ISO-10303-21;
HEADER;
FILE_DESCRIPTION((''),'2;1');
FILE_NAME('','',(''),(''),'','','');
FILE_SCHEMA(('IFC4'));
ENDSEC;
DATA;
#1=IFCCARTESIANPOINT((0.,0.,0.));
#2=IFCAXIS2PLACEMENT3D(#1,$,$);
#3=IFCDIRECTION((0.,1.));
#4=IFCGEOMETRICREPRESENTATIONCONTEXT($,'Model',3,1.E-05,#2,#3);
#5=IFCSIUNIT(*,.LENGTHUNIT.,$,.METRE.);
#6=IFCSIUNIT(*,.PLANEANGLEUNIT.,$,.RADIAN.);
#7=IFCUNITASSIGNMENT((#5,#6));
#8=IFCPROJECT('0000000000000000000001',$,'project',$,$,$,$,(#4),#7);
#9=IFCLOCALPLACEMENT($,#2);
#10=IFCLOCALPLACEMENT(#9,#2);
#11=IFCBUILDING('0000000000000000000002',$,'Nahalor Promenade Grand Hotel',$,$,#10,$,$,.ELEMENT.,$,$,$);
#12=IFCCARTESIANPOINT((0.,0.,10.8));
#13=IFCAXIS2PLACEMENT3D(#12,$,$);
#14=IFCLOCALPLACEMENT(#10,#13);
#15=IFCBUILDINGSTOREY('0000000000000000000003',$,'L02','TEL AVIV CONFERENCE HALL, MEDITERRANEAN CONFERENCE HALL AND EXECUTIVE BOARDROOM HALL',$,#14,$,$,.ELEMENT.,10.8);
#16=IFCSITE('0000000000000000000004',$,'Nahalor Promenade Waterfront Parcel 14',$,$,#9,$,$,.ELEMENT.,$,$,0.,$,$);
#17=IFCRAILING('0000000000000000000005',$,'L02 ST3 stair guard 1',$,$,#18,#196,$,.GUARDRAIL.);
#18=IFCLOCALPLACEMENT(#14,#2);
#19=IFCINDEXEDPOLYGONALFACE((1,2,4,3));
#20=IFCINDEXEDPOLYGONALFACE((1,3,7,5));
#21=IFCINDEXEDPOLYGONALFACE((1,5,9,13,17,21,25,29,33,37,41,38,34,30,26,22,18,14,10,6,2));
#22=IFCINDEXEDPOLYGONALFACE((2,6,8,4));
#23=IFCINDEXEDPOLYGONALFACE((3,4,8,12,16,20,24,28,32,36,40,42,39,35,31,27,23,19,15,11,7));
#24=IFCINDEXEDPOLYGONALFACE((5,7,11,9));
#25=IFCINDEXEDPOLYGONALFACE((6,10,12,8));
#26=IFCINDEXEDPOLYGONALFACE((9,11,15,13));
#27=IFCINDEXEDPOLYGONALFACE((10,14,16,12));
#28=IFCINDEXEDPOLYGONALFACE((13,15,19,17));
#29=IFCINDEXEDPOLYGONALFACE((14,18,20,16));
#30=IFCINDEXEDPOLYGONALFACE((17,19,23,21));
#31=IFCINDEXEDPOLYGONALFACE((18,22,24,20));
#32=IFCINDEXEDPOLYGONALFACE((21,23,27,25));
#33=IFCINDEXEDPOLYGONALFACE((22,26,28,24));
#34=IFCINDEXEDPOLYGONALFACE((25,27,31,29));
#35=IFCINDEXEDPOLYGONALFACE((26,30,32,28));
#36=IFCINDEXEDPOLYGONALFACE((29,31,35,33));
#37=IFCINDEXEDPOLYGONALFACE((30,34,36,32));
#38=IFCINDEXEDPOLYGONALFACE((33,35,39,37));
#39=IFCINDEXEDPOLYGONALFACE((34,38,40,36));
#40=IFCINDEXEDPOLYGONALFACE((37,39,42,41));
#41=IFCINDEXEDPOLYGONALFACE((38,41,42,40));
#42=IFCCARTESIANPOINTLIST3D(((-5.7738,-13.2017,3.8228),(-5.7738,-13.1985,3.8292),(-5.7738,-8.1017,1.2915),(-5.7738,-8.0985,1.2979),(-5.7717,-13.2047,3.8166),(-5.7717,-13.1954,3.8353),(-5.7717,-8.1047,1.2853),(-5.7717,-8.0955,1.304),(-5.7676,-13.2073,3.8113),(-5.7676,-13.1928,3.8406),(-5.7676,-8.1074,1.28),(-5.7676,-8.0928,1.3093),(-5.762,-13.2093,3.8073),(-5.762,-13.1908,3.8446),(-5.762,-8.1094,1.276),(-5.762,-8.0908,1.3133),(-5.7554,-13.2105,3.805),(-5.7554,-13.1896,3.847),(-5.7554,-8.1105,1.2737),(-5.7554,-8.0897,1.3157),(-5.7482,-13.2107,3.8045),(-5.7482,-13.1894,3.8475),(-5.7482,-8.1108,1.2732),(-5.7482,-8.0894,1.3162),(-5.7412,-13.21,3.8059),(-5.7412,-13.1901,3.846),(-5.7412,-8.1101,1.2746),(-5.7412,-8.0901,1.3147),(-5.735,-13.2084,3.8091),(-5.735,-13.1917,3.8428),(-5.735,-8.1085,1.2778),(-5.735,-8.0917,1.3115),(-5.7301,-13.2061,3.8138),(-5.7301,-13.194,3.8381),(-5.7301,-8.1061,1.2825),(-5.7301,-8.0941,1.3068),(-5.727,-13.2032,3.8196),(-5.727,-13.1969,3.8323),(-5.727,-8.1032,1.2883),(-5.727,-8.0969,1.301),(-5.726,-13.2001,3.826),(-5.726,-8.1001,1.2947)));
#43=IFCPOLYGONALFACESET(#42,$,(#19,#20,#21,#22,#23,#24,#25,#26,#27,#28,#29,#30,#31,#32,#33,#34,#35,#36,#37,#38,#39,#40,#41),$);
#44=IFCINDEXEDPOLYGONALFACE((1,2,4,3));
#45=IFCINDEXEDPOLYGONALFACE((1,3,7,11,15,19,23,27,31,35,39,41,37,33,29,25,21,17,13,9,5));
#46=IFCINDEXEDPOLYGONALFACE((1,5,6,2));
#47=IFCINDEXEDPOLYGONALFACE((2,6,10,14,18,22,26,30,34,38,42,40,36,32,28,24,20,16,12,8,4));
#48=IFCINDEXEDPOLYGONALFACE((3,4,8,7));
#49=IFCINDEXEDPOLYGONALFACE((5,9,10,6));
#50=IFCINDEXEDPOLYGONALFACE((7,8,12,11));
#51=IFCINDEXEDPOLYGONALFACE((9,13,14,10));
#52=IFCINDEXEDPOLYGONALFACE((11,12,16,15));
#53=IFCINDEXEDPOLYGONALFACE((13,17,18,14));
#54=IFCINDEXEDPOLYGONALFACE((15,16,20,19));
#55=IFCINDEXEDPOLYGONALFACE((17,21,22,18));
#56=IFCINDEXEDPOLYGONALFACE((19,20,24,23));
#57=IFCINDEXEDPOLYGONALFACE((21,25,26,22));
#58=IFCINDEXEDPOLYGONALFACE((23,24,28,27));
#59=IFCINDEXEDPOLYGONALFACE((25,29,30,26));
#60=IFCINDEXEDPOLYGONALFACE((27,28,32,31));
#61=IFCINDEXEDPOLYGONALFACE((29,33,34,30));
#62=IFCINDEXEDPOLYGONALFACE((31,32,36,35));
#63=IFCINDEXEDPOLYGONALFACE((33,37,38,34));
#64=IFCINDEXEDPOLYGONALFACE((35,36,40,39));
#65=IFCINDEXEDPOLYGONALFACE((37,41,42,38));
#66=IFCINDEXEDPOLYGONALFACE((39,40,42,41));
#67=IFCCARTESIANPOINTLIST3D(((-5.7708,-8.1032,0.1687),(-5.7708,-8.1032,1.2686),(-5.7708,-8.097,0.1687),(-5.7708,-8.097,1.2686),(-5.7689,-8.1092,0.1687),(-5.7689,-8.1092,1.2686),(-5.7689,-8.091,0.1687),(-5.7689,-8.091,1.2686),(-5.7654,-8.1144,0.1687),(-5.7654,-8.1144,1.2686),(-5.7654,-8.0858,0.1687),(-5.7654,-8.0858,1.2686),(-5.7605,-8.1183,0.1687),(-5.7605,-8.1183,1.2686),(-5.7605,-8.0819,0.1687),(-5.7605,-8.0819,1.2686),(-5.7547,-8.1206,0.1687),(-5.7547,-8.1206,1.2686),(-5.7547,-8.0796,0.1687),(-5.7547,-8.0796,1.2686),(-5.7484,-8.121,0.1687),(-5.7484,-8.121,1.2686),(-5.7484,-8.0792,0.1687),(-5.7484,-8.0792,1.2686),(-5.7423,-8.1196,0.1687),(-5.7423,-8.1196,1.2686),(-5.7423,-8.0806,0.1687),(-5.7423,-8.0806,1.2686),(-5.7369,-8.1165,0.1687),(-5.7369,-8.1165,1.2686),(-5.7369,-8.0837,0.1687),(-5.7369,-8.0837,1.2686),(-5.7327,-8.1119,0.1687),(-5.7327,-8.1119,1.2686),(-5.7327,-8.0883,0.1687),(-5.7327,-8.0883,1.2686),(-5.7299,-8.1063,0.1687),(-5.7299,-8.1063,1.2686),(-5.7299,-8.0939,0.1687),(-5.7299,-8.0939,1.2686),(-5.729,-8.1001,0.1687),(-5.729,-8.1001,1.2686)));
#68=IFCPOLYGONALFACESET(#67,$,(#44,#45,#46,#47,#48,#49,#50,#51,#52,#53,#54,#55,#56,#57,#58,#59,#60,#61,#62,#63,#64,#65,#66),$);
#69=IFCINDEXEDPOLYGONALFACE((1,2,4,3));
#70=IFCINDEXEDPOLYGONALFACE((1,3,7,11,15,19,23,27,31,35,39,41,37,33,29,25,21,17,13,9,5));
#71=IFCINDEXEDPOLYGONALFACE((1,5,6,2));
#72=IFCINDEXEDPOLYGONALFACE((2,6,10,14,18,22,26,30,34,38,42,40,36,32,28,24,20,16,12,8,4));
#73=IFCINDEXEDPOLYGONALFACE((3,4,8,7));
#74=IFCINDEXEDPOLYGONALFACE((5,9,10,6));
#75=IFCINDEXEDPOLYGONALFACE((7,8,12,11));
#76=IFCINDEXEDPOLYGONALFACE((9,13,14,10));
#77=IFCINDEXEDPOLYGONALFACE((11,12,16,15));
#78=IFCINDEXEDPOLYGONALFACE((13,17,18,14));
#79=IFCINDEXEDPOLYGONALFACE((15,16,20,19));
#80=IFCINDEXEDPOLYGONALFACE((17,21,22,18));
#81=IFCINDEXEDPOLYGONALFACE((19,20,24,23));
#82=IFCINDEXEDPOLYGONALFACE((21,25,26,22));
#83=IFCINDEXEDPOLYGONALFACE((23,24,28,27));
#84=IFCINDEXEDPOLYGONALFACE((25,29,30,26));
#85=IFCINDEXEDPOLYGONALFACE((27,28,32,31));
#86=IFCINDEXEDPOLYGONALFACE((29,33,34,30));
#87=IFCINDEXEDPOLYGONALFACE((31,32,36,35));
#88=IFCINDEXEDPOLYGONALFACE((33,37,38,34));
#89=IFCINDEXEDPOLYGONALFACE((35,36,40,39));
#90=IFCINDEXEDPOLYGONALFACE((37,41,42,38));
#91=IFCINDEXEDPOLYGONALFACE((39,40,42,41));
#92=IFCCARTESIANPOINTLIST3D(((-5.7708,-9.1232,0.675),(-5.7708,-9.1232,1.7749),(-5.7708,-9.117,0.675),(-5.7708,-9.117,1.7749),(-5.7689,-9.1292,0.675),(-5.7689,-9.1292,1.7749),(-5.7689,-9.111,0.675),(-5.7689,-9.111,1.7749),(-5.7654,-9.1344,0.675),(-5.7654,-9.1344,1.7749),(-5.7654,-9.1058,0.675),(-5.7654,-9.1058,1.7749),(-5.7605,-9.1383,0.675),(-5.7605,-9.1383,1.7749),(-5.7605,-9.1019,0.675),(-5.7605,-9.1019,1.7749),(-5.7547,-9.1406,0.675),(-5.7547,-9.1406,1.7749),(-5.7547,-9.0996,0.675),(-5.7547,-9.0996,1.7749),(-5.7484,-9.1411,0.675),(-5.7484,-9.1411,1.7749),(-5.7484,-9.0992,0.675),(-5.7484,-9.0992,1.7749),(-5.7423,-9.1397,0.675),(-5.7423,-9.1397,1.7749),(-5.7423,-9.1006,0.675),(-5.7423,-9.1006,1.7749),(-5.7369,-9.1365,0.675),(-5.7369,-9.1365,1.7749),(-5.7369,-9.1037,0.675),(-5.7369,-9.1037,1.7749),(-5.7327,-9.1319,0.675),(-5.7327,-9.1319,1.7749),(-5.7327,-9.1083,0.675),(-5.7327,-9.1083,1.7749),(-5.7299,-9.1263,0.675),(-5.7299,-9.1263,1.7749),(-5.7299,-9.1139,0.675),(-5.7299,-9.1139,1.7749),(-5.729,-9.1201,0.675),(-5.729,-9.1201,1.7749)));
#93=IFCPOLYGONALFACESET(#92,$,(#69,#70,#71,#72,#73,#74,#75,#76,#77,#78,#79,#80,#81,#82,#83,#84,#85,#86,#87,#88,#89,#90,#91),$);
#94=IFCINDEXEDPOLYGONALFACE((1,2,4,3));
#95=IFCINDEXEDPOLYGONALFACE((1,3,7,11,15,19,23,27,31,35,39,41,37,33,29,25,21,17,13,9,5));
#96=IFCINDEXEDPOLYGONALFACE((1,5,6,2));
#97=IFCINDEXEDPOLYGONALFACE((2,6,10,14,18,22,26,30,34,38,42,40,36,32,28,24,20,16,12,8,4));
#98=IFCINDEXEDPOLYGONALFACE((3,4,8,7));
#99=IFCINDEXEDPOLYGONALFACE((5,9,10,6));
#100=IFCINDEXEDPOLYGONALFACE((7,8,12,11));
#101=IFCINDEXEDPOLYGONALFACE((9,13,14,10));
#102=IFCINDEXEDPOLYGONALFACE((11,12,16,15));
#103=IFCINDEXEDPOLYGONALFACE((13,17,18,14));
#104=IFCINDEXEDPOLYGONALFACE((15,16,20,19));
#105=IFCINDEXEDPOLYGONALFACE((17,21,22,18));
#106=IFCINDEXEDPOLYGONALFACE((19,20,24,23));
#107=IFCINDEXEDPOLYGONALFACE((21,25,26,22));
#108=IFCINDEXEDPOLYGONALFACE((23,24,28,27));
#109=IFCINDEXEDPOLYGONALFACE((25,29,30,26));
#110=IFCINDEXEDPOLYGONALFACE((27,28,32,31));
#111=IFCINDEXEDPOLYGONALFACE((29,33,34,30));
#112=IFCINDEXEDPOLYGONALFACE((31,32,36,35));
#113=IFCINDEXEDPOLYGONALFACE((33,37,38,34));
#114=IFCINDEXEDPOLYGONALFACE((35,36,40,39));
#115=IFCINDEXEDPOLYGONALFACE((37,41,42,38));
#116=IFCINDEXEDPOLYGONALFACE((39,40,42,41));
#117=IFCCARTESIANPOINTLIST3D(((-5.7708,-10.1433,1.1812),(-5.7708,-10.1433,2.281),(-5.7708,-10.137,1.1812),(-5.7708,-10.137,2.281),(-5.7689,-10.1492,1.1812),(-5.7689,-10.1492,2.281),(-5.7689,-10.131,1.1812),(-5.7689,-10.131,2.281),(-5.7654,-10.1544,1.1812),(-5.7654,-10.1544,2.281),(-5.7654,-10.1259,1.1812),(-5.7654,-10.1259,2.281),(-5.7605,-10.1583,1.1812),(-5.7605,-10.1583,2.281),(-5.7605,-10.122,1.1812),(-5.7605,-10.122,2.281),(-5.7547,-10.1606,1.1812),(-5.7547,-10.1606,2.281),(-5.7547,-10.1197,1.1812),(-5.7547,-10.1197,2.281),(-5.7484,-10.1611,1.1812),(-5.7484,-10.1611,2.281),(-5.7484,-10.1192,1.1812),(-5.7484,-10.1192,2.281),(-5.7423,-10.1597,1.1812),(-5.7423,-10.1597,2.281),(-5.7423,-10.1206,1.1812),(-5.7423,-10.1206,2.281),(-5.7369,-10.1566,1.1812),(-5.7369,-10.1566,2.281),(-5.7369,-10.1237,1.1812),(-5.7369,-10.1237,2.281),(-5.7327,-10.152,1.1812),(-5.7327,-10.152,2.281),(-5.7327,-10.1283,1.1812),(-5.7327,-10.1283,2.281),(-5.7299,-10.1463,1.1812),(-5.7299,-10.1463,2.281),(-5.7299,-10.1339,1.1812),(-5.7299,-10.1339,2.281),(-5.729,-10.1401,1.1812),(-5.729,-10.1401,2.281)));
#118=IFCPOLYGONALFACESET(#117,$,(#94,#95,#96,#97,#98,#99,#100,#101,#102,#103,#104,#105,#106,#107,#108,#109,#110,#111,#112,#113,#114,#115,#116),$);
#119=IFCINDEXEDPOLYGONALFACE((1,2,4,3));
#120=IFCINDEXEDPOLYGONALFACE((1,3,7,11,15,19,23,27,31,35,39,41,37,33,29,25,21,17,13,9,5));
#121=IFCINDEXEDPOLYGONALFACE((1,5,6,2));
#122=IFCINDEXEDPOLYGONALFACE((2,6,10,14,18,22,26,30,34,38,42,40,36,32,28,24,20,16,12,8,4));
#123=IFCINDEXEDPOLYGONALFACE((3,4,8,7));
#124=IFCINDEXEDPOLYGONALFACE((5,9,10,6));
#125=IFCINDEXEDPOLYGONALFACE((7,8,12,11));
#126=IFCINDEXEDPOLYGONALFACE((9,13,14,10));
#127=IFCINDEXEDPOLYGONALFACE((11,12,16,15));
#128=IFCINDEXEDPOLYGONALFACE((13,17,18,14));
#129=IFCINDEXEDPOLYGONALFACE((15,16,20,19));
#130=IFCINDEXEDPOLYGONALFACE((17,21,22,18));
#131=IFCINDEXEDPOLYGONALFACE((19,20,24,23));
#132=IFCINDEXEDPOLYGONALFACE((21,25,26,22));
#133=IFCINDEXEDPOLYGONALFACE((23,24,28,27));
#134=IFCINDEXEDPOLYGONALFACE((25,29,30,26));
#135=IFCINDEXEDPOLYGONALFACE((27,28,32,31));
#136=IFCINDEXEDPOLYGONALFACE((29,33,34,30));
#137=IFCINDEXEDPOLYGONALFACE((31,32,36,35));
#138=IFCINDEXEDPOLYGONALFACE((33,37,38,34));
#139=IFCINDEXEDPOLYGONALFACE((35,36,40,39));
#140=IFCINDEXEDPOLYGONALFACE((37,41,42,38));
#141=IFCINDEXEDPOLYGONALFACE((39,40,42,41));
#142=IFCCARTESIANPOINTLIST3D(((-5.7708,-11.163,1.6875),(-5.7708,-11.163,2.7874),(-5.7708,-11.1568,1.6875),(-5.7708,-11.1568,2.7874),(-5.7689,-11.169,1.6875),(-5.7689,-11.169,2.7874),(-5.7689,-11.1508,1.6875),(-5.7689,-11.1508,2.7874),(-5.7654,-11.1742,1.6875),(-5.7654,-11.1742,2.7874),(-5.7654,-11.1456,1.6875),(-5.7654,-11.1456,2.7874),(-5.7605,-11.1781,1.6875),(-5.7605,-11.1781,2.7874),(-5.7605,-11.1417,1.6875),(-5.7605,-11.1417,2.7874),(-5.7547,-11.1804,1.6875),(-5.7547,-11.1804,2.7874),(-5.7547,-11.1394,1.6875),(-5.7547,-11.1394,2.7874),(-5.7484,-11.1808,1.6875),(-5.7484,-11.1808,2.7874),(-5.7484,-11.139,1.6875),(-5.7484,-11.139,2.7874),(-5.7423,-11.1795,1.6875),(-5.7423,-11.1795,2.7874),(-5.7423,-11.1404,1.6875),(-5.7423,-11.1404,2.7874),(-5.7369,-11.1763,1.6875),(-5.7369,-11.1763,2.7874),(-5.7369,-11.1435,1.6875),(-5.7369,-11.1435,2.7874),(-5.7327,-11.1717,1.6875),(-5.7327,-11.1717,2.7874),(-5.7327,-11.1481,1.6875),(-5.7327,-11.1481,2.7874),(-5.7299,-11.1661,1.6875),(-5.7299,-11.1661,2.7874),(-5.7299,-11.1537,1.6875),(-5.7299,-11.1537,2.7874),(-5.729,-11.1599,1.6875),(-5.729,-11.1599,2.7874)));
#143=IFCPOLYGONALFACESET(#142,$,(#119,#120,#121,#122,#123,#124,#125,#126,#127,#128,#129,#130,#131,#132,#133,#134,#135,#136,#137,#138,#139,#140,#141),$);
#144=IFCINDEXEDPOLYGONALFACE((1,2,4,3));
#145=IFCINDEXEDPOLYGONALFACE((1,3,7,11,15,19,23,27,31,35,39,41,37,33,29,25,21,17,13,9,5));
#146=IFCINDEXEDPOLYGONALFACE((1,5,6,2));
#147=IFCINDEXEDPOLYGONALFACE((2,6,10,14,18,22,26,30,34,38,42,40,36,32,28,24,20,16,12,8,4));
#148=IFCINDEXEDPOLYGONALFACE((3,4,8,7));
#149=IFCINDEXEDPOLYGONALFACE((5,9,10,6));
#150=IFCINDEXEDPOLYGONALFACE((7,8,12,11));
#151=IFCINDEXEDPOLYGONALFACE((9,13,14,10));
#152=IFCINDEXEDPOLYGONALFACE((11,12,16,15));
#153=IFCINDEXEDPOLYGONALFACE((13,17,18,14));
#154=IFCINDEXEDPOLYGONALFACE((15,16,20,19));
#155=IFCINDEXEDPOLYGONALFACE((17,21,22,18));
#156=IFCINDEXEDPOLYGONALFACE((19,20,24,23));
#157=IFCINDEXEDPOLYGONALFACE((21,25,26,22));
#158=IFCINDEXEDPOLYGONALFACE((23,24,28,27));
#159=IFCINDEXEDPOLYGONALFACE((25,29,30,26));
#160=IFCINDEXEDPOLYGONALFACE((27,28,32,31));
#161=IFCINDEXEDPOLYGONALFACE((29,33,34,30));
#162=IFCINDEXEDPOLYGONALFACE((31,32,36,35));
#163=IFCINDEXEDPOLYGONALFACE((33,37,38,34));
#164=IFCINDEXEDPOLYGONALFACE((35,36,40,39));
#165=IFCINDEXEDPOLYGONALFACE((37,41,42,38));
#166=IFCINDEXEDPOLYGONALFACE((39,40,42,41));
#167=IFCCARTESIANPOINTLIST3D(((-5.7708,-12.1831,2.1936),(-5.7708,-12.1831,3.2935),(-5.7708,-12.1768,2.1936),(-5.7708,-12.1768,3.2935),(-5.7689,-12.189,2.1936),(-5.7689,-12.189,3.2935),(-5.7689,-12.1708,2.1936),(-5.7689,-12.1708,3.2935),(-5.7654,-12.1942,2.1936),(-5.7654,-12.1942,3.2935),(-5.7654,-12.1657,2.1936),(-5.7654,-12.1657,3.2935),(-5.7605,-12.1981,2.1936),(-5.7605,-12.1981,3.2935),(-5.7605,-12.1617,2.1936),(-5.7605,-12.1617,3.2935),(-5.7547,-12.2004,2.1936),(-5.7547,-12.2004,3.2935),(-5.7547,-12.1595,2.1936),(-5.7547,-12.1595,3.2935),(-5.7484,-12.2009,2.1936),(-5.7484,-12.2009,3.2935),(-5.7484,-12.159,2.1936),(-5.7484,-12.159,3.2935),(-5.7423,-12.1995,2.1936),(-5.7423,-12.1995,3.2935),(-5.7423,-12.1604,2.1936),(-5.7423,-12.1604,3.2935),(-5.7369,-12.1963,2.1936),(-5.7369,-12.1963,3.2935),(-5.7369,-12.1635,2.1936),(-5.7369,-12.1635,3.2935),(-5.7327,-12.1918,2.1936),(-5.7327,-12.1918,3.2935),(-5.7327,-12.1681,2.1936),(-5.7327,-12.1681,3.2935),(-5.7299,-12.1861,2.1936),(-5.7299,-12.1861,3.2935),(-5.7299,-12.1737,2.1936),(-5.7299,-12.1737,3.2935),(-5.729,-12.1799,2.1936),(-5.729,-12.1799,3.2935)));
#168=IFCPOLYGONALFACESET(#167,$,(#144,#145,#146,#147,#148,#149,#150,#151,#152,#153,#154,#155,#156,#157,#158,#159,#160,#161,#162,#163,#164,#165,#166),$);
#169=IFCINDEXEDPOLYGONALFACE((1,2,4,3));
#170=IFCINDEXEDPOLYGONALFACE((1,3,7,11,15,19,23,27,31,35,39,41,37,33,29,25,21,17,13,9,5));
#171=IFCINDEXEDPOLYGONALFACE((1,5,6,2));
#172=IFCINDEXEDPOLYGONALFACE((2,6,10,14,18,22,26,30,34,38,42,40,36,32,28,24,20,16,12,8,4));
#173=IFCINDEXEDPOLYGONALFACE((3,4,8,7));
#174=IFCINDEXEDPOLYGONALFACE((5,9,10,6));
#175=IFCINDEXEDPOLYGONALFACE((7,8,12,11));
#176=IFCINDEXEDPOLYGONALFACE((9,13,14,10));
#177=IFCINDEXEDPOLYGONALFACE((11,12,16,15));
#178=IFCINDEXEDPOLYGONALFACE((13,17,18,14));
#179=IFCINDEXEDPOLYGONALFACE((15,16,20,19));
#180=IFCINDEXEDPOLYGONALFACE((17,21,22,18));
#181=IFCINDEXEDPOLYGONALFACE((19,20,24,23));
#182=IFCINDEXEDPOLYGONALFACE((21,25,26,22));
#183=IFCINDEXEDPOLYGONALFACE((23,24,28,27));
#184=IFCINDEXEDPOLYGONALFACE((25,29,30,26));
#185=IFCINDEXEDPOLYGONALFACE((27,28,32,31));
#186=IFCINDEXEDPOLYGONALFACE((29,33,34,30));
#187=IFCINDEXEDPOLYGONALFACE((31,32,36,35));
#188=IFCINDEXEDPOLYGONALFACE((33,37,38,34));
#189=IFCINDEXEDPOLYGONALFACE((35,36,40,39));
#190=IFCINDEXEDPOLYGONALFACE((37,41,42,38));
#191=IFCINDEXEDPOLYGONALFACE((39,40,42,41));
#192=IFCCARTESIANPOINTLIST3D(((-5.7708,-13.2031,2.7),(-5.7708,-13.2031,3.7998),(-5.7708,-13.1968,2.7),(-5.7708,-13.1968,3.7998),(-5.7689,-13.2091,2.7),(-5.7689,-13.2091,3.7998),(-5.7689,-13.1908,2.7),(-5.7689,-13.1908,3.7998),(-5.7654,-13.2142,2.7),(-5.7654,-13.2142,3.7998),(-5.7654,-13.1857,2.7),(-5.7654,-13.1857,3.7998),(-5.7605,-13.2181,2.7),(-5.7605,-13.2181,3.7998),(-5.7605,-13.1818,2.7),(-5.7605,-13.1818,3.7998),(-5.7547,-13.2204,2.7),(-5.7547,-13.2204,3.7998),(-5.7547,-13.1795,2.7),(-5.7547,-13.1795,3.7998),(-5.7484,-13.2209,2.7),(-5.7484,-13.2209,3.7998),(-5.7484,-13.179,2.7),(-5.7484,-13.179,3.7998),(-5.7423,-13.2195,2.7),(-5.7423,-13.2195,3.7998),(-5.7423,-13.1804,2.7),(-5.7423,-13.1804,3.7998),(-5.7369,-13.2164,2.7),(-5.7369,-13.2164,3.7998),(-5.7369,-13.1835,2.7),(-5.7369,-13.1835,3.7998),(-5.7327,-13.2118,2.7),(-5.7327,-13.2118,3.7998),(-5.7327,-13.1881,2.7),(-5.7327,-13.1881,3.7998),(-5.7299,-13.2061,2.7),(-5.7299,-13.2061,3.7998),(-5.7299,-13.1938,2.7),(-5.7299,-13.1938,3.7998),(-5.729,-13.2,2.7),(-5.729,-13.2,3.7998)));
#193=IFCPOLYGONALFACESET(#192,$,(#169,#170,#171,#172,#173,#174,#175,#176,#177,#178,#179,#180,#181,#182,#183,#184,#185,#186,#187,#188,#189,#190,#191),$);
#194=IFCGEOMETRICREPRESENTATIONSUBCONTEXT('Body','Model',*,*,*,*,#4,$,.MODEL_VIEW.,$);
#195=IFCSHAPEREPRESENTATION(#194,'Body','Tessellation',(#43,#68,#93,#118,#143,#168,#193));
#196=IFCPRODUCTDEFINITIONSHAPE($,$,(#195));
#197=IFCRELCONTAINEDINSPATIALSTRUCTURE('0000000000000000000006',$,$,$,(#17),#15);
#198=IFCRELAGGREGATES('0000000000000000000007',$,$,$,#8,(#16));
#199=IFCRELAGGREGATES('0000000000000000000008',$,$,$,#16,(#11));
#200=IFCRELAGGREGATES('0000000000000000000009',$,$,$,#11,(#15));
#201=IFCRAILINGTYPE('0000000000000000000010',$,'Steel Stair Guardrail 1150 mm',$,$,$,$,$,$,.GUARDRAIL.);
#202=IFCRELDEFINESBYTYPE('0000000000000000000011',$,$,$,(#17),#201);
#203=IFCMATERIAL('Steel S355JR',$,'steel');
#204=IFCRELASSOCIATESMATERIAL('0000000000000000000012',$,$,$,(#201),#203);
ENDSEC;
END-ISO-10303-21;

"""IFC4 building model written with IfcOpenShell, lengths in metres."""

from ifc_helpers import new_model, si_unit, direction, frame, origin, origin_2d, place, context, subcontext, project, spatial, circle, extrude, material, type_object, element, save


model = new_model("IFC4")

# Units and contexts
model_context = context("Model", 3, precision=1e-05, world=origin(), true_north=direction((0.0, 1.0)))
body_context = subcontext(model_context, "Body", "Model", "MODEL_VIEW")
ifc_project = project(units=[si_unit("LENGTHUNIT", "METRE"), si_unit("PLANEANGLEUNIT", "RADIAN")], contexts=[model_context])

# Site, building, storey
site_placement = place(None, origin())
site = spatial("IfcSite", under=ifc_project, at=site_placement, Name="Nahalor Promenade Waterfront Parcel 14", CompositionType="ELEMENT", RefElevation=0.0)
building_placement = place(site_placement, origin())
building = spatial("IfcBuilding", under=site, at=building_placement, Name="Nahalor Promenade Grand Hotel", CompositionType="ELEMENT")
storey_placement = place(building_placement, frame((0.0, 0.0, 10.8)))
storey = spatial("IfcBuildingStorey", under=building, at=storey_placement, Name="L02", Description="TEL AVIV CONFERENCE HALL, MEDITERRANEAN CONFERENCE HALL AND EXECUTIVE BOARDROOM HALL", CompositionType="ELEMENT", Elevation=10.8)

# Shared definitions
ifc_material_1 = material(Name="Steel S355JR", Category="steel")

# Railing
railing_type_1 = type_object("IfcRailingType", Name="Steel Stair Guardrail 1150 mm", PredefinedType="GUARDRAIL", material=ifc_material_1)
railing_1_placement = place(storey_placement, frame((-5.75, -8.1001, 0.1687)))
element("IfcRailing", 1, at=railing_1_placement, inside=storey, type_object=railing_type_1, Name="L02 ST3 stair guard 1", PredefinedType="GUARDRAIL", context=body_context, shape_type="SweptSolid", body=[
    extrude(circle(Radius=0.024, at=origin_2d()), frame((0.0, 0.0, 1.126), z_axis=(0.0, -0.895735, 0.444587), x_axis=(1.0, 0.0, 0.0)), (0.0, 0.0, 1.0), 5.6936),
    extrude(circle(Radius=0.021, at=origin_2d()), origin(), (0.0, 0.0, 1.0), 1.0999),
    extrude(circle(Radius=0.021, at=origin_2d()), frame((0.0, -1.02, 0.5063)), (0.0, 0.0, 1.0), 1.0999),
    extrude(circle(Radius=0.021, at=origin_2d()), frame((0.0, -2.04, 1.0125)), (0.0, 0.0, 1.0), 1.0999),
    extrude(circle(Radius=0.021, at=origin_2d()), frame((0.0, -3.0598, 1.5188)), (0.0, 0.0, 1.0), 1.0999),
    extrude(circle(Radius=0.021, at=origin_2d()), frame((0.0, -4.0798, 2.0249)), (0.0, 0.0, 1.0), 1.0999),
    extrude(circle(Radius=0.021, at=origin_2d()), frame((0.0, -5.0999, 2.5312)), (0.0, 0.0, 1.0), 1.0999),
])

save(model, "model.ifc")
